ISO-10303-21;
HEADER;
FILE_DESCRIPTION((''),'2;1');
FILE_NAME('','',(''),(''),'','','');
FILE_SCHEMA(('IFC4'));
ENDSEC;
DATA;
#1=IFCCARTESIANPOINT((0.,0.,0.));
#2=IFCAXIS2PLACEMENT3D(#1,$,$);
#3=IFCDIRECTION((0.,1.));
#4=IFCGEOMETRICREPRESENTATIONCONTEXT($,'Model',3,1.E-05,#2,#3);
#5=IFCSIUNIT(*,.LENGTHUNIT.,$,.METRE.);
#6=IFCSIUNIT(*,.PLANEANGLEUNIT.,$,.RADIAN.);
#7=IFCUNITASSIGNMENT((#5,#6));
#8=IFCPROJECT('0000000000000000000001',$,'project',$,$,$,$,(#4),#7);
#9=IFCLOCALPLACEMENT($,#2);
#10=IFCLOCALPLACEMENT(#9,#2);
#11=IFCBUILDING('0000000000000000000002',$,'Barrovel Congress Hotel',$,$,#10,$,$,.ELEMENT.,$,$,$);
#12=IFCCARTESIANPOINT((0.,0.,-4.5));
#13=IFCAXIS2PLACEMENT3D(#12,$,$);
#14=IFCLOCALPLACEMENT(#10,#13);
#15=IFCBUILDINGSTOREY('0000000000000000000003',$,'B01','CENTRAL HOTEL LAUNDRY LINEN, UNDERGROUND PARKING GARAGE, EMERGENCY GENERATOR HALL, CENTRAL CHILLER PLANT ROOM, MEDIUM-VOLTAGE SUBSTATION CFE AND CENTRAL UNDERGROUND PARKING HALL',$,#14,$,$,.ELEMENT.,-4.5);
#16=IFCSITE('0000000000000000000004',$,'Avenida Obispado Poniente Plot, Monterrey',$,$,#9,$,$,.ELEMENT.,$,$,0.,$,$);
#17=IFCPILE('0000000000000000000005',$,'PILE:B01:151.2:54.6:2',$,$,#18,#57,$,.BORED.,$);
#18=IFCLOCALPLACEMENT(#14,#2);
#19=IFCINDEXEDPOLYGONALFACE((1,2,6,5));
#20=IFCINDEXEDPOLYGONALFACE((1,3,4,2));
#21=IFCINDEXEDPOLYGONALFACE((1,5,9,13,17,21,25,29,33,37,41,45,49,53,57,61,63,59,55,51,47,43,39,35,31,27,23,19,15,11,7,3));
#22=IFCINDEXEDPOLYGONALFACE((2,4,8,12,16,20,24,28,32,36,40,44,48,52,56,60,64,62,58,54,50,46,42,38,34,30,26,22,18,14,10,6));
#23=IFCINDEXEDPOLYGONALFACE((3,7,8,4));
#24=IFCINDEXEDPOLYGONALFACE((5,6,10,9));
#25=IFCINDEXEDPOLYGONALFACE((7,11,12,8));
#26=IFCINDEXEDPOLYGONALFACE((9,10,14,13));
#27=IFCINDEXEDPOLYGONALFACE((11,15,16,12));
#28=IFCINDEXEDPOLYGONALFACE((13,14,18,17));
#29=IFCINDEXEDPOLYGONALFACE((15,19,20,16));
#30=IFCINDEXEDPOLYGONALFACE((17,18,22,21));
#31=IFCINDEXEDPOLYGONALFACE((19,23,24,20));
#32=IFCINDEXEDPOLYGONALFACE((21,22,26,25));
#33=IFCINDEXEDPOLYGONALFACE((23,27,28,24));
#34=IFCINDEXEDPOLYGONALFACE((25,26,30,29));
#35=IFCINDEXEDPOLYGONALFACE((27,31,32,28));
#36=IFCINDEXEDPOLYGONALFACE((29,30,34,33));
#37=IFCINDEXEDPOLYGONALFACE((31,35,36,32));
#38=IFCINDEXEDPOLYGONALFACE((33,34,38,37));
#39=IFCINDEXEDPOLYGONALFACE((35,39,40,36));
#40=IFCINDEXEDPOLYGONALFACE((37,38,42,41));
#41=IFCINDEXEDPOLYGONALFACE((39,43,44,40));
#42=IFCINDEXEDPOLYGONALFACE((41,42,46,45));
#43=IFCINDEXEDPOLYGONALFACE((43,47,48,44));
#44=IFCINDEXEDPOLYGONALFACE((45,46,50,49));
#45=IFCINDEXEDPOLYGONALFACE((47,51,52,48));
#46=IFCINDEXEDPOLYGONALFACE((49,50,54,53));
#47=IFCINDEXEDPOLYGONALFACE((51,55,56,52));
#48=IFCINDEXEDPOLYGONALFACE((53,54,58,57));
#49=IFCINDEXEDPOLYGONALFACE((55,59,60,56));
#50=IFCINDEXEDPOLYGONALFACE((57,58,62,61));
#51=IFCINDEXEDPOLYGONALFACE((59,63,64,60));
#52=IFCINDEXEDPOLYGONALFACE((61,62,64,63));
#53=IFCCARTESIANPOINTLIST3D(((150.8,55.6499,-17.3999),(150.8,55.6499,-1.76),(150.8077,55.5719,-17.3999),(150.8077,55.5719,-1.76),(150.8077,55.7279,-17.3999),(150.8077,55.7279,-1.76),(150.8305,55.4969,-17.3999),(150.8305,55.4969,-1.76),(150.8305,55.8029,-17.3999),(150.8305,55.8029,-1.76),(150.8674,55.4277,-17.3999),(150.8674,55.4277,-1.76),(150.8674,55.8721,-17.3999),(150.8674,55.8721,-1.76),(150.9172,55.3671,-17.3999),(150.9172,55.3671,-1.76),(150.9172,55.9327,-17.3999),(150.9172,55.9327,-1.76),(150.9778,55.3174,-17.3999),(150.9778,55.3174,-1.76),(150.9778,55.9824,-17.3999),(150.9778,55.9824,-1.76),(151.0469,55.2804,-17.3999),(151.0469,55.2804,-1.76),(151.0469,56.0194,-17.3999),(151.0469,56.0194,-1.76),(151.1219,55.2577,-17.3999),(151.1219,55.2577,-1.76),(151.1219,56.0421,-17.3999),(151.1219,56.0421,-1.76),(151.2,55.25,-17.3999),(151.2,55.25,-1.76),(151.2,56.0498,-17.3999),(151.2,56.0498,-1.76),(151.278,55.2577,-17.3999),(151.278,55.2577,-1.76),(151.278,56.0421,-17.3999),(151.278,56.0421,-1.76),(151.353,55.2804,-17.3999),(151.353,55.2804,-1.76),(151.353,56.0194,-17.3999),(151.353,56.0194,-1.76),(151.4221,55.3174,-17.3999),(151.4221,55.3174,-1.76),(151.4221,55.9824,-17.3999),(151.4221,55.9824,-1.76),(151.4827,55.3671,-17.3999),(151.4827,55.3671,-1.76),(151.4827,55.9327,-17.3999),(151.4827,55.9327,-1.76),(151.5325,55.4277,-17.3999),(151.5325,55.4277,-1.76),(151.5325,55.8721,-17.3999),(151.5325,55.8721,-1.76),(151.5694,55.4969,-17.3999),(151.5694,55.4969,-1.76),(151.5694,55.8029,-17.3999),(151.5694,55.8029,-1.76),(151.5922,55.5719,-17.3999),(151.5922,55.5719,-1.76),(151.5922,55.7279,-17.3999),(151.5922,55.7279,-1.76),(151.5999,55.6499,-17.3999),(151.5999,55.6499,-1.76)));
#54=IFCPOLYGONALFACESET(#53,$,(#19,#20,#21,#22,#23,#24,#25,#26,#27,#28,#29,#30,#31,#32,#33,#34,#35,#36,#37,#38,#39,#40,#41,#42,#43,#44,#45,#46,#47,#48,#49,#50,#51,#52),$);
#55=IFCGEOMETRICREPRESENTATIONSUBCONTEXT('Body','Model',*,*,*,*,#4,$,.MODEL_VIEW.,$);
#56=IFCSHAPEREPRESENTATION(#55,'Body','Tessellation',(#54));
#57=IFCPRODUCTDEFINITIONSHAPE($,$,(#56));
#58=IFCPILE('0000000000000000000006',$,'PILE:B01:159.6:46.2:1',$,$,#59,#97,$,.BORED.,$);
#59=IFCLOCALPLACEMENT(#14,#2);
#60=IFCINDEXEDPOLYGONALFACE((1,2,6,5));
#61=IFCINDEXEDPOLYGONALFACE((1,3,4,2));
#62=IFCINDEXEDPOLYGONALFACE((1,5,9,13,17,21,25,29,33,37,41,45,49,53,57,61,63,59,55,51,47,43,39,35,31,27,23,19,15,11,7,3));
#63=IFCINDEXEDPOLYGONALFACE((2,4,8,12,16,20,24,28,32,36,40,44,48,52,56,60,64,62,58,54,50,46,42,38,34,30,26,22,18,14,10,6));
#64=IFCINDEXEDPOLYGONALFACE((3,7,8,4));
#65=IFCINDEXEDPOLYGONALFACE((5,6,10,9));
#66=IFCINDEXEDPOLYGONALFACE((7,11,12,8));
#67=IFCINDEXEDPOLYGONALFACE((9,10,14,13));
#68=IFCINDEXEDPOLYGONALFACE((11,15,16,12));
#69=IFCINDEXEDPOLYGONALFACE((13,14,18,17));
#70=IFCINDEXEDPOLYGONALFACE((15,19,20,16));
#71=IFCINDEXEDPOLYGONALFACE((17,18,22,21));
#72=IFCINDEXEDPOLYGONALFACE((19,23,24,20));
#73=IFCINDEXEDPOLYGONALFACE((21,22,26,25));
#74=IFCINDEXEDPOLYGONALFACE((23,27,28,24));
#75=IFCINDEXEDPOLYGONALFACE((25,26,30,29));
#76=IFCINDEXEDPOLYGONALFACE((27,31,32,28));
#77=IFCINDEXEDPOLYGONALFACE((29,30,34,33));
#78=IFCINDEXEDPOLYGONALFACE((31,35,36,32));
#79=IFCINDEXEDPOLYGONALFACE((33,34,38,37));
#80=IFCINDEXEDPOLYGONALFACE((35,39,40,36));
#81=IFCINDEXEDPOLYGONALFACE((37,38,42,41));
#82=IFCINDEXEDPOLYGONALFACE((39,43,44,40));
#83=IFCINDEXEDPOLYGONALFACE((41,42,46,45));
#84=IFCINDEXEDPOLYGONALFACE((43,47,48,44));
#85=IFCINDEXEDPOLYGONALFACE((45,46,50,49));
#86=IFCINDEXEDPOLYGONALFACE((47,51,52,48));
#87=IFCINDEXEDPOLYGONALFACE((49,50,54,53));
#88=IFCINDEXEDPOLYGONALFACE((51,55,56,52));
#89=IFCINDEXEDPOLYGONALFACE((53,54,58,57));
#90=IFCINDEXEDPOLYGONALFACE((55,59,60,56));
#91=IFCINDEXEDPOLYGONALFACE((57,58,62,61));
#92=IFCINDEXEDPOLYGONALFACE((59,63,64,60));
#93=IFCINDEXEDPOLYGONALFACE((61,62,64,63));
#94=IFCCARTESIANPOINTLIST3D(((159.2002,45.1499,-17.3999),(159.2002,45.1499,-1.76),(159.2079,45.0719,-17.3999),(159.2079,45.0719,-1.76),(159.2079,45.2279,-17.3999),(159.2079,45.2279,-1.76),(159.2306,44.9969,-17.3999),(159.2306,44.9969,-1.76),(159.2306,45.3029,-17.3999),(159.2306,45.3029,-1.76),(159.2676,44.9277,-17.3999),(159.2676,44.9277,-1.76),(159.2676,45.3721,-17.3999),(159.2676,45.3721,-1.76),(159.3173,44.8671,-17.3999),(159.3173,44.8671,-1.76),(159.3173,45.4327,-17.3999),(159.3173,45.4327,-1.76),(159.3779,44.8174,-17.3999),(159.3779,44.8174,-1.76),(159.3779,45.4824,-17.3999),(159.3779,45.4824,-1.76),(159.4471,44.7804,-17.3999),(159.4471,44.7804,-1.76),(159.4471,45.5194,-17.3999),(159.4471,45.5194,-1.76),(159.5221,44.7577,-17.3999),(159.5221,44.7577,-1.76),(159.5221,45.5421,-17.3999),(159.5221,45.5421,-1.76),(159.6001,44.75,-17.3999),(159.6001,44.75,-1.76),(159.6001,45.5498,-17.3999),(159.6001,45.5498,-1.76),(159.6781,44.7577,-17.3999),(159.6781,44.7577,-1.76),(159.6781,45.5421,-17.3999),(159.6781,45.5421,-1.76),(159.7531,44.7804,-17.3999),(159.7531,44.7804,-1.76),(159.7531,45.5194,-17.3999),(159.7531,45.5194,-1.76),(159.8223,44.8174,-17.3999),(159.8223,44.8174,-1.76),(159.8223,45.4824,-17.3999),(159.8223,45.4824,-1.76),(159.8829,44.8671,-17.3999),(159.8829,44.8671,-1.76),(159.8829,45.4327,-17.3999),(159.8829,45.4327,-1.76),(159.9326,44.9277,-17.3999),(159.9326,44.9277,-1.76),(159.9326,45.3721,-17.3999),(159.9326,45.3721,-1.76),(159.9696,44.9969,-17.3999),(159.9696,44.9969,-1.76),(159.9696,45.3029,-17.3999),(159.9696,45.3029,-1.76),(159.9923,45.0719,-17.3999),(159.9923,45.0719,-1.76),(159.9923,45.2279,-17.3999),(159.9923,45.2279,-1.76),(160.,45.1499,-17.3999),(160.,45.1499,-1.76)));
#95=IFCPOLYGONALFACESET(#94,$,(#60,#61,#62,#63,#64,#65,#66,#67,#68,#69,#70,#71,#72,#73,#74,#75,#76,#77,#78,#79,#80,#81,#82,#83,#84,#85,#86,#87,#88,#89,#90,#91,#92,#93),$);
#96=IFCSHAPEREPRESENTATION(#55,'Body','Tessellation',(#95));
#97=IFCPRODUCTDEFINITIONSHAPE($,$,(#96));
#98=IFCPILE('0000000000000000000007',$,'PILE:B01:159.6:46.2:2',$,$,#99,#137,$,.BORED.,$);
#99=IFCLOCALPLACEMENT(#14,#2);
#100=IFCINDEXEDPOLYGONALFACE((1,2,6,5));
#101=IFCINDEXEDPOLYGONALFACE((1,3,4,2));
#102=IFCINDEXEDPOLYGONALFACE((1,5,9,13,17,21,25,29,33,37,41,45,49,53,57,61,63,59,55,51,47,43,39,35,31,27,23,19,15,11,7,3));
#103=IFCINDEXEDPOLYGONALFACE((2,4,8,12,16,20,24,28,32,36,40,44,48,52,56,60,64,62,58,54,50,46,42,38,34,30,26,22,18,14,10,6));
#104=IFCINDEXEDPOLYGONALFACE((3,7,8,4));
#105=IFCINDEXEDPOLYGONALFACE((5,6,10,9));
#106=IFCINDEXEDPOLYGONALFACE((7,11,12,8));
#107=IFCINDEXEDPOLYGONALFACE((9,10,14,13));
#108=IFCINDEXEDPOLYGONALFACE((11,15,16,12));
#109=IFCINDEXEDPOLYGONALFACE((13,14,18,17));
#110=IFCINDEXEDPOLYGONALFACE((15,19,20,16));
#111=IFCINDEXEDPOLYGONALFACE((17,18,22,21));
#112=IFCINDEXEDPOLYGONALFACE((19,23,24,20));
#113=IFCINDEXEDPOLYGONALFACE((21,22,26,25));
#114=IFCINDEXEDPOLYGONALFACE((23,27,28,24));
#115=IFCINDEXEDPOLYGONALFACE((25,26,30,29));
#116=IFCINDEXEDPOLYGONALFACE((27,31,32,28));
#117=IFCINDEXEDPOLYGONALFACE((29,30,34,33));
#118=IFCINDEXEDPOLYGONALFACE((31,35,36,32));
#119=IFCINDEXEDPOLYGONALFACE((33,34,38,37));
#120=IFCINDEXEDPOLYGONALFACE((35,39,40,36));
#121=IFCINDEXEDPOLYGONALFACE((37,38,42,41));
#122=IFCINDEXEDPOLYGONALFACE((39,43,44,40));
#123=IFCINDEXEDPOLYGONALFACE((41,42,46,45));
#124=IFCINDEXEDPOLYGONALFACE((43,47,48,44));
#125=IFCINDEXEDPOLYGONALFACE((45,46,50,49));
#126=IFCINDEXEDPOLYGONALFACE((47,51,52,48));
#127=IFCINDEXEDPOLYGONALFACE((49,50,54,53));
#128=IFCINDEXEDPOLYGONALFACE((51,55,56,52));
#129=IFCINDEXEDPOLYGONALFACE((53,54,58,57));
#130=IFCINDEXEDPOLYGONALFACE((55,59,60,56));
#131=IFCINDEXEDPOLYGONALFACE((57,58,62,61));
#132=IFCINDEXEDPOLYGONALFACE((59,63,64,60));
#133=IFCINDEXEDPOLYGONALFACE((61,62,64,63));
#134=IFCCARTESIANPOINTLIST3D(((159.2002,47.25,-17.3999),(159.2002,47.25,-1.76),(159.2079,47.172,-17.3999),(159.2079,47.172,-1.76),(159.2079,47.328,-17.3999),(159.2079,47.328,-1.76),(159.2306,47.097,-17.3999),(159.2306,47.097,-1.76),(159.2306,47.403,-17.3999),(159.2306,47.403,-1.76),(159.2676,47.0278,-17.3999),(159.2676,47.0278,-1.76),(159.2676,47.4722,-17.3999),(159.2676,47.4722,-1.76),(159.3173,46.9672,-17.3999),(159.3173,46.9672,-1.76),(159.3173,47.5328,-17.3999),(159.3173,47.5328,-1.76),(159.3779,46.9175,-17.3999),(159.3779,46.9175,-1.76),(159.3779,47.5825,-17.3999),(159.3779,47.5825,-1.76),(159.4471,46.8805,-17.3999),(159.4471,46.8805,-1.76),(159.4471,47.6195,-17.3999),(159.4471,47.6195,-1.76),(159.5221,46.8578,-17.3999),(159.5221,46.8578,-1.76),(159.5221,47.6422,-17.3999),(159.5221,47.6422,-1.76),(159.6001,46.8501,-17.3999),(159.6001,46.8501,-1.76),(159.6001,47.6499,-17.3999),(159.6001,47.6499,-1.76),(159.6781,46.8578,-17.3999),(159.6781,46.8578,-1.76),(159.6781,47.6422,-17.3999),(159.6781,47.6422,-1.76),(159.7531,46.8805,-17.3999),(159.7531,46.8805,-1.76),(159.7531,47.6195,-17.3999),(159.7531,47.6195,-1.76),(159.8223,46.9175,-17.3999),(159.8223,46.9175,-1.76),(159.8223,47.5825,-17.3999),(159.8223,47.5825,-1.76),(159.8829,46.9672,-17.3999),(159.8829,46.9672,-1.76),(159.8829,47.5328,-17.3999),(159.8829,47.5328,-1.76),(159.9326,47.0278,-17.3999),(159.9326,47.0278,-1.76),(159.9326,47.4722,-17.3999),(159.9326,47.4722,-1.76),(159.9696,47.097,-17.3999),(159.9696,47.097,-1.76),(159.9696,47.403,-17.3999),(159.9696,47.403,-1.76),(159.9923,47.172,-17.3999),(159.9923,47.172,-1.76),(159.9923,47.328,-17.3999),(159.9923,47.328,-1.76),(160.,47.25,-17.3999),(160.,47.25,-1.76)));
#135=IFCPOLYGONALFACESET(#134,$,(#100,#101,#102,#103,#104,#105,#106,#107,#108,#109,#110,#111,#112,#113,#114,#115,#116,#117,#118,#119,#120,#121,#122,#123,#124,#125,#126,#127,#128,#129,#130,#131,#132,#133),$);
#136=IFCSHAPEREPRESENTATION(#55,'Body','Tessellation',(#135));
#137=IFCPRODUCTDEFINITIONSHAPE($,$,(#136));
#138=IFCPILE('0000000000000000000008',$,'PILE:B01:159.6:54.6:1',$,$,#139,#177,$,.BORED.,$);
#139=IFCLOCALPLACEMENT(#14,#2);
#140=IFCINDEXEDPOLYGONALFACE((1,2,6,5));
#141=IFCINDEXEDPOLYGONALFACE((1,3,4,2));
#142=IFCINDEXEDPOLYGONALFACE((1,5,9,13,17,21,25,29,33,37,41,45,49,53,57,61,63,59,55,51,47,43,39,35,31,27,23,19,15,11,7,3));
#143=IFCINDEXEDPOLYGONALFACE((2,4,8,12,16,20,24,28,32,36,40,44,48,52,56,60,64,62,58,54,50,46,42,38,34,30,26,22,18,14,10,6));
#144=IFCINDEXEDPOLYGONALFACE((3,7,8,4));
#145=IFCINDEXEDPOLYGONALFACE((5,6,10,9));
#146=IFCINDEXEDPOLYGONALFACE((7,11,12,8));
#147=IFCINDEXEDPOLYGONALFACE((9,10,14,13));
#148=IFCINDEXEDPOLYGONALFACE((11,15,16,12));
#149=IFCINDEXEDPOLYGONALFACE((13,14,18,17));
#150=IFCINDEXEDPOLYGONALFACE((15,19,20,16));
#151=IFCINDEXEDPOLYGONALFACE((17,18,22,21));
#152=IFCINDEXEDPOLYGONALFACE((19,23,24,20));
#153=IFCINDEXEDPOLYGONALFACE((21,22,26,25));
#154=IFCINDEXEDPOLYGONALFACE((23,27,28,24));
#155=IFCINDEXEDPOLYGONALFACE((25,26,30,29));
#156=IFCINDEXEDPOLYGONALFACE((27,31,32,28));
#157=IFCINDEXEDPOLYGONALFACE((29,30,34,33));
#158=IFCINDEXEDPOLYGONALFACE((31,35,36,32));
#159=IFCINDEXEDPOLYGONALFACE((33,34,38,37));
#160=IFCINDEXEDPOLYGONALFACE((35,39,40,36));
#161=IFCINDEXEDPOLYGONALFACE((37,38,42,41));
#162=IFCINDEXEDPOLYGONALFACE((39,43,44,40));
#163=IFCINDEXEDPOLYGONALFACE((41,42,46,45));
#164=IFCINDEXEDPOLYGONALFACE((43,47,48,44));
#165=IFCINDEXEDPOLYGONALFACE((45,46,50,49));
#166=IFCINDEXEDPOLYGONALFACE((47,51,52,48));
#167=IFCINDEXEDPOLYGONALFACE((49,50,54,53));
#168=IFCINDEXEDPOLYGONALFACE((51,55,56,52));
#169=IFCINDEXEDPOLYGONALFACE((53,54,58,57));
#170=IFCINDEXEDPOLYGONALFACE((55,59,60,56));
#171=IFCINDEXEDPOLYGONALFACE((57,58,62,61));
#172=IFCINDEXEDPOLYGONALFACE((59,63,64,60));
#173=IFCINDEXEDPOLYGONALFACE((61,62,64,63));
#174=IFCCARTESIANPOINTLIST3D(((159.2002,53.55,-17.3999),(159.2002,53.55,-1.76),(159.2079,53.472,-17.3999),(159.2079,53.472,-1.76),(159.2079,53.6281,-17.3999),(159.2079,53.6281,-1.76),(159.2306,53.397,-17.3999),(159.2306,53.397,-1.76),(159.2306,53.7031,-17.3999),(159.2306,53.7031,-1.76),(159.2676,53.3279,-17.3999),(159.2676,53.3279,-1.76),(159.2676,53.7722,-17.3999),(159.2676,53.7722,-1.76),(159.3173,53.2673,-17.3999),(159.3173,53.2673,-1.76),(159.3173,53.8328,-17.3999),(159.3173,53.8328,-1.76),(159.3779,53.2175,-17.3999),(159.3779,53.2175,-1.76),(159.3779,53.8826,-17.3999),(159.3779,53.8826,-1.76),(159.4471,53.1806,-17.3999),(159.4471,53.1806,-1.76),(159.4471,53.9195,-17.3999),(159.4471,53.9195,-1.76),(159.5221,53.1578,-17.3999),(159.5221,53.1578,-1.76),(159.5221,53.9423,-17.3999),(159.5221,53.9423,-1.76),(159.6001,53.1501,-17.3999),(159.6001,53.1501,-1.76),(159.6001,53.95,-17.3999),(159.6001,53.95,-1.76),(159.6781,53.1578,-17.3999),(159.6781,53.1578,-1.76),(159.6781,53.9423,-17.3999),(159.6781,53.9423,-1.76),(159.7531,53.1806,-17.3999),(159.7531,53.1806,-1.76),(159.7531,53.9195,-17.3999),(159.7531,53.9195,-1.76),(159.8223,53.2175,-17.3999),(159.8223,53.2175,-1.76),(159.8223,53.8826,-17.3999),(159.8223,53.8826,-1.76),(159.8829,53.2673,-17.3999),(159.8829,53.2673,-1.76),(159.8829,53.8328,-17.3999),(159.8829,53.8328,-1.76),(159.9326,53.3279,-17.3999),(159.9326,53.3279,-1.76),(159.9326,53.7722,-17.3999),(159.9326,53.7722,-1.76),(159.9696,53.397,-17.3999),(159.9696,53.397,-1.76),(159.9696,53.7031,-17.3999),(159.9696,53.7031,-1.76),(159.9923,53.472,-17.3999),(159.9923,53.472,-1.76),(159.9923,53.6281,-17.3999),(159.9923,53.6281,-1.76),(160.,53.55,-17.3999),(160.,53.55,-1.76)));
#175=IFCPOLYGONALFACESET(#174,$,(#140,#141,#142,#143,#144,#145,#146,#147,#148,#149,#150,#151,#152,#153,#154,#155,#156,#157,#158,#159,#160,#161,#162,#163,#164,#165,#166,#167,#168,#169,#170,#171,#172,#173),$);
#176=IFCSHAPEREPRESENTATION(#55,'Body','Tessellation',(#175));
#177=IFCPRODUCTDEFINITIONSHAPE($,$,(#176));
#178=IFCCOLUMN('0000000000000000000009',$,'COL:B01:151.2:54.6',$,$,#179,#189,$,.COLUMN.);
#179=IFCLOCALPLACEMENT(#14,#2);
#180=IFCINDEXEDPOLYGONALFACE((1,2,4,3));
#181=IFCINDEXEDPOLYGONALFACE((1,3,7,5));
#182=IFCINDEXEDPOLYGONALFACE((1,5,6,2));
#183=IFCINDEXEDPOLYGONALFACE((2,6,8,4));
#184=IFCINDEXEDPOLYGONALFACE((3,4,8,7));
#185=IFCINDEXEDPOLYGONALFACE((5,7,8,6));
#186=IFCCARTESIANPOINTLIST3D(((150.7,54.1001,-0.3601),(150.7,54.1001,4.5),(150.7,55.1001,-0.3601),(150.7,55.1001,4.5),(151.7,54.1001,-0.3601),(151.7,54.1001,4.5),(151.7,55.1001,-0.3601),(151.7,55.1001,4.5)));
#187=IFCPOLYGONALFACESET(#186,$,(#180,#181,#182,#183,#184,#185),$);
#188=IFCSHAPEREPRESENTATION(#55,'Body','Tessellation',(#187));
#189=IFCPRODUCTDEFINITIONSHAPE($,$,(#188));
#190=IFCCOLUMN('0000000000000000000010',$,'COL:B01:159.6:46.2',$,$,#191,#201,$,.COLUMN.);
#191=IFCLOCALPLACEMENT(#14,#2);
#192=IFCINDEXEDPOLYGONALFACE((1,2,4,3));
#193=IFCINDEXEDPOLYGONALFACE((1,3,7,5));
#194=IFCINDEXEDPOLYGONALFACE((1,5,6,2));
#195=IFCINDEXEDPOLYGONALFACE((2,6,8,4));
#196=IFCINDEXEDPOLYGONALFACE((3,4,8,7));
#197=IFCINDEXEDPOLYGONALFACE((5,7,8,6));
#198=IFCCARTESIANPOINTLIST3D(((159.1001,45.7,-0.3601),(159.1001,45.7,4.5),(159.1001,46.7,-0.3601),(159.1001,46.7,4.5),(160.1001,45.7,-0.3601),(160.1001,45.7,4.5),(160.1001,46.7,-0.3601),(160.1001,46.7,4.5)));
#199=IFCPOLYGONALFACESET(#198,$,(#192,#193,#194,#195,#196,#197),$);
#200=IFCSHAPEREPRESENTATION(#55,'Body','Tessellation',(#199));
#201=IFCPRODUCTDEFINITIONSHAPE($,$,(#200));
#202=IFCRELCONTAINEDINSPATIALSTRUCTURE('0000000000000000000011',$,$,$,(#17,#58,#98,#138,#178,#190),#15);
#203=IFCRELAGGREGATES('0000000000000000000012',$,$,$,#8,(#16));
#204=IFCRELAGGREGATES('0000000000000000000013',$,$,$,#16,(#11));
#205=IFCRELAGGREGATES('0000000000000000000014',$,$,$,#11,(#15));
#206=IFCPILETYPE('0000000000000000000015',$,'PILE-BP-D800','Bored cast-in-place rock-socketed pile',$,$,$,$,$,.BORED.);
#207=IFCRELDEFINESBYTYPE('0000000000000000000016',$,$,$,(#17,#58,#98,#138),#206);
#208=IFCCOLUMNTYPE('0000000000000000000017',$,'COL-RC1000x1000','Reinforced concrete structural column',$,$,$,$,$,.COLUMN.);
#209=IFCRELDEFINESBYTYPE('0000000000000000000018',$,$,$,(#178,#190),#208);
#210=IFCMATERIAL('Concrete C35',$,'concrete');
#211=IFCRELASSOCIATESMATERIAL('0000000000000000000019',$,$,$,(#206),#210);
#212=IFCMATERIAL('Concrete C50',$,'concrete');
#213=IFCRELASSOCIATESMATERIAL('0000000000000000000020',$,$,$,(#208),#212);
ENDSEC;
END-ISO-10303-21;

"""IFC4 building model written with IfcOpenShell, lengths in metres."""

from ifc_helpers import new_model, si_unit, direction, frame, origin, origin_2d, place, context, subcontext, project, spatial, rectangle, circle, extrude, material, material_profile, profile_set, type_object, element, save


model = new_model("IFC4")

# Units and contexts
model_context = context("Model", 3, precision=1e-05, world=origin(), true_north=direction((0.0, 1.0)))
body_context = subcontext(model_context, "Body", "Model", "MODEL_VIEW")
ifc_project = project(units=[si_unit("LENGTHUNIT", "METRE"), si_unit("PLANEANGLEUNIT", "RADIAN")], contexts=[model_context])

# Site, building, storey
site_placement = place(None, origin())
site = spatial("IfcSite", under=ifc_project, at=site_placement, Name="Avenida Obispado Poniente Plot, Monterrey", CompositionType="ELEMENT", RefElevation=0.0)
building_placement = place(site_placement, origin())
building = spatial("IfcBuilding", under=site, at=building_placement, Name="Barrovel Congress Hotel", CompositionType="ELEMENT")
storey_placement = place(building_placement, frame((0.0, 0.0, -4.5)))
storey = spatial("IfcBuildingStorey", under=building, at=storey_placement, Name="B01", Description="CENTRAL HOTEL LAUNDRY LINEN, UNDERGROUND PARKING GARAGE, EMERGENCY GENERATOR HALL, CENTRAL CHILLER PLANT ROOM, MEDIUM-VOLTAGE SUBSTATION CFE AND CENTRAL UNDERGROUND PARKING HALL", CompositionType="ELEMENT", Elevation=-4.5)

# Piles
ifc_material_1 = material(Name="Concrete C35", Category="concrete")
ifc_material_profile_1 = material_profile(ifc_material_1, circle(Radius=0.3999, at=origin_2d()), Name="BP-D800")
ifc_profile_set_1 = profile_set([ifc_material_profile_1], Name="Concrete C35")
pile_type_1 = type_object("IfcPileType", Name="PILE-BP-D800", Description="Bored cast-in-place rock-socketed pile", PredefinedType="BORED", material=ifc_profile_set_1)
for number, where, z_axis, x_axis, name in (
    (1, (151.2, 55.6499, -1.76), (0.0, 0.0, -1.0), (1.0, 0.0, 0.0), "PILE:B01:151.2:54.6:2"),
    (2, (159.6001, 45.1499, -1.76), (0.0, 0.0, -1.0), (1.0, 0.0, 0.0), "PILE:B01:159.6:46.2:1"),
    (3, (159.6001, 47.25, -1.76), (0.0, 0.0, -1.0), (1.0, 0.0, 0.0), "PILE:B01:159.6:46.2:2"),
    (4, (159.6001, 53.55, -1.76), (0.0, 0.0, -1.0), (1.0, 0.0, 0.0), "PILE:B01:159.6:54.6:1"),
):
    element("IfcPile", number, at=place(storey_placement, frame(where, z_axis=z_axis, x_axis=x_axis)), inside=storey, type_object=pile_type_1, Name=name, PredefinedType="BORED", context=body_context, shape_type="SweptSolid", body=[
        extrude(circle(Radius=0.3999, at=origin_2d()), origin(), (0.0, 0.0, 1.0), 15.6399),
    ])

# Columns
ifc_material_2 = material(Name="Concrete C50", Category="concrete")
ifc_material_profile_2 = material_profile(ifc_material_2, rectangle(XDim=1.0, YDim=1.0, at=origin_2d()), Name="RC1000x1000")
ifc_profile_set_2 = profile_set([ifc_material_profile_2], Name="Concrete C50")
column_type_1 = type_object("IfcColumnType", Name="COL-RC1000x1000", Description="Reinforced concrete structural column", PredefinedType="COLUMN", material=ifc_profile_set_2)
for number, where, z_axis, x_axis, name in (
    (5, (151.2, 54.6001, -0.3601), (0.0, 0.0, 1.0), (1.0, 0.0, 0.0), "COL:B01:151.2:54.6"),
    (6, (159.6001, 46.2, -0.3601), (0.0, 0.0, 1.0), (1.0, 0.0, 0.0), "COL:B01:159.6:46.2"),
):
    element("IfcColumn", number, at=place(storey_placement, frame(where, z_axis=z_axis, x_axis=x_axis)), inside=storey, type_object=column_type_1, Name=name, PredefinedType="COLUMN", context=body_context, shape_type="SweptSolid", body=[
        extrude(rectangle(XDim=1.0, YDim=1.0, at=origin_2d()), origin(), (0.0, 0.0, 1.0), 4.8601),
    ])

save(model, "model.ifc")
